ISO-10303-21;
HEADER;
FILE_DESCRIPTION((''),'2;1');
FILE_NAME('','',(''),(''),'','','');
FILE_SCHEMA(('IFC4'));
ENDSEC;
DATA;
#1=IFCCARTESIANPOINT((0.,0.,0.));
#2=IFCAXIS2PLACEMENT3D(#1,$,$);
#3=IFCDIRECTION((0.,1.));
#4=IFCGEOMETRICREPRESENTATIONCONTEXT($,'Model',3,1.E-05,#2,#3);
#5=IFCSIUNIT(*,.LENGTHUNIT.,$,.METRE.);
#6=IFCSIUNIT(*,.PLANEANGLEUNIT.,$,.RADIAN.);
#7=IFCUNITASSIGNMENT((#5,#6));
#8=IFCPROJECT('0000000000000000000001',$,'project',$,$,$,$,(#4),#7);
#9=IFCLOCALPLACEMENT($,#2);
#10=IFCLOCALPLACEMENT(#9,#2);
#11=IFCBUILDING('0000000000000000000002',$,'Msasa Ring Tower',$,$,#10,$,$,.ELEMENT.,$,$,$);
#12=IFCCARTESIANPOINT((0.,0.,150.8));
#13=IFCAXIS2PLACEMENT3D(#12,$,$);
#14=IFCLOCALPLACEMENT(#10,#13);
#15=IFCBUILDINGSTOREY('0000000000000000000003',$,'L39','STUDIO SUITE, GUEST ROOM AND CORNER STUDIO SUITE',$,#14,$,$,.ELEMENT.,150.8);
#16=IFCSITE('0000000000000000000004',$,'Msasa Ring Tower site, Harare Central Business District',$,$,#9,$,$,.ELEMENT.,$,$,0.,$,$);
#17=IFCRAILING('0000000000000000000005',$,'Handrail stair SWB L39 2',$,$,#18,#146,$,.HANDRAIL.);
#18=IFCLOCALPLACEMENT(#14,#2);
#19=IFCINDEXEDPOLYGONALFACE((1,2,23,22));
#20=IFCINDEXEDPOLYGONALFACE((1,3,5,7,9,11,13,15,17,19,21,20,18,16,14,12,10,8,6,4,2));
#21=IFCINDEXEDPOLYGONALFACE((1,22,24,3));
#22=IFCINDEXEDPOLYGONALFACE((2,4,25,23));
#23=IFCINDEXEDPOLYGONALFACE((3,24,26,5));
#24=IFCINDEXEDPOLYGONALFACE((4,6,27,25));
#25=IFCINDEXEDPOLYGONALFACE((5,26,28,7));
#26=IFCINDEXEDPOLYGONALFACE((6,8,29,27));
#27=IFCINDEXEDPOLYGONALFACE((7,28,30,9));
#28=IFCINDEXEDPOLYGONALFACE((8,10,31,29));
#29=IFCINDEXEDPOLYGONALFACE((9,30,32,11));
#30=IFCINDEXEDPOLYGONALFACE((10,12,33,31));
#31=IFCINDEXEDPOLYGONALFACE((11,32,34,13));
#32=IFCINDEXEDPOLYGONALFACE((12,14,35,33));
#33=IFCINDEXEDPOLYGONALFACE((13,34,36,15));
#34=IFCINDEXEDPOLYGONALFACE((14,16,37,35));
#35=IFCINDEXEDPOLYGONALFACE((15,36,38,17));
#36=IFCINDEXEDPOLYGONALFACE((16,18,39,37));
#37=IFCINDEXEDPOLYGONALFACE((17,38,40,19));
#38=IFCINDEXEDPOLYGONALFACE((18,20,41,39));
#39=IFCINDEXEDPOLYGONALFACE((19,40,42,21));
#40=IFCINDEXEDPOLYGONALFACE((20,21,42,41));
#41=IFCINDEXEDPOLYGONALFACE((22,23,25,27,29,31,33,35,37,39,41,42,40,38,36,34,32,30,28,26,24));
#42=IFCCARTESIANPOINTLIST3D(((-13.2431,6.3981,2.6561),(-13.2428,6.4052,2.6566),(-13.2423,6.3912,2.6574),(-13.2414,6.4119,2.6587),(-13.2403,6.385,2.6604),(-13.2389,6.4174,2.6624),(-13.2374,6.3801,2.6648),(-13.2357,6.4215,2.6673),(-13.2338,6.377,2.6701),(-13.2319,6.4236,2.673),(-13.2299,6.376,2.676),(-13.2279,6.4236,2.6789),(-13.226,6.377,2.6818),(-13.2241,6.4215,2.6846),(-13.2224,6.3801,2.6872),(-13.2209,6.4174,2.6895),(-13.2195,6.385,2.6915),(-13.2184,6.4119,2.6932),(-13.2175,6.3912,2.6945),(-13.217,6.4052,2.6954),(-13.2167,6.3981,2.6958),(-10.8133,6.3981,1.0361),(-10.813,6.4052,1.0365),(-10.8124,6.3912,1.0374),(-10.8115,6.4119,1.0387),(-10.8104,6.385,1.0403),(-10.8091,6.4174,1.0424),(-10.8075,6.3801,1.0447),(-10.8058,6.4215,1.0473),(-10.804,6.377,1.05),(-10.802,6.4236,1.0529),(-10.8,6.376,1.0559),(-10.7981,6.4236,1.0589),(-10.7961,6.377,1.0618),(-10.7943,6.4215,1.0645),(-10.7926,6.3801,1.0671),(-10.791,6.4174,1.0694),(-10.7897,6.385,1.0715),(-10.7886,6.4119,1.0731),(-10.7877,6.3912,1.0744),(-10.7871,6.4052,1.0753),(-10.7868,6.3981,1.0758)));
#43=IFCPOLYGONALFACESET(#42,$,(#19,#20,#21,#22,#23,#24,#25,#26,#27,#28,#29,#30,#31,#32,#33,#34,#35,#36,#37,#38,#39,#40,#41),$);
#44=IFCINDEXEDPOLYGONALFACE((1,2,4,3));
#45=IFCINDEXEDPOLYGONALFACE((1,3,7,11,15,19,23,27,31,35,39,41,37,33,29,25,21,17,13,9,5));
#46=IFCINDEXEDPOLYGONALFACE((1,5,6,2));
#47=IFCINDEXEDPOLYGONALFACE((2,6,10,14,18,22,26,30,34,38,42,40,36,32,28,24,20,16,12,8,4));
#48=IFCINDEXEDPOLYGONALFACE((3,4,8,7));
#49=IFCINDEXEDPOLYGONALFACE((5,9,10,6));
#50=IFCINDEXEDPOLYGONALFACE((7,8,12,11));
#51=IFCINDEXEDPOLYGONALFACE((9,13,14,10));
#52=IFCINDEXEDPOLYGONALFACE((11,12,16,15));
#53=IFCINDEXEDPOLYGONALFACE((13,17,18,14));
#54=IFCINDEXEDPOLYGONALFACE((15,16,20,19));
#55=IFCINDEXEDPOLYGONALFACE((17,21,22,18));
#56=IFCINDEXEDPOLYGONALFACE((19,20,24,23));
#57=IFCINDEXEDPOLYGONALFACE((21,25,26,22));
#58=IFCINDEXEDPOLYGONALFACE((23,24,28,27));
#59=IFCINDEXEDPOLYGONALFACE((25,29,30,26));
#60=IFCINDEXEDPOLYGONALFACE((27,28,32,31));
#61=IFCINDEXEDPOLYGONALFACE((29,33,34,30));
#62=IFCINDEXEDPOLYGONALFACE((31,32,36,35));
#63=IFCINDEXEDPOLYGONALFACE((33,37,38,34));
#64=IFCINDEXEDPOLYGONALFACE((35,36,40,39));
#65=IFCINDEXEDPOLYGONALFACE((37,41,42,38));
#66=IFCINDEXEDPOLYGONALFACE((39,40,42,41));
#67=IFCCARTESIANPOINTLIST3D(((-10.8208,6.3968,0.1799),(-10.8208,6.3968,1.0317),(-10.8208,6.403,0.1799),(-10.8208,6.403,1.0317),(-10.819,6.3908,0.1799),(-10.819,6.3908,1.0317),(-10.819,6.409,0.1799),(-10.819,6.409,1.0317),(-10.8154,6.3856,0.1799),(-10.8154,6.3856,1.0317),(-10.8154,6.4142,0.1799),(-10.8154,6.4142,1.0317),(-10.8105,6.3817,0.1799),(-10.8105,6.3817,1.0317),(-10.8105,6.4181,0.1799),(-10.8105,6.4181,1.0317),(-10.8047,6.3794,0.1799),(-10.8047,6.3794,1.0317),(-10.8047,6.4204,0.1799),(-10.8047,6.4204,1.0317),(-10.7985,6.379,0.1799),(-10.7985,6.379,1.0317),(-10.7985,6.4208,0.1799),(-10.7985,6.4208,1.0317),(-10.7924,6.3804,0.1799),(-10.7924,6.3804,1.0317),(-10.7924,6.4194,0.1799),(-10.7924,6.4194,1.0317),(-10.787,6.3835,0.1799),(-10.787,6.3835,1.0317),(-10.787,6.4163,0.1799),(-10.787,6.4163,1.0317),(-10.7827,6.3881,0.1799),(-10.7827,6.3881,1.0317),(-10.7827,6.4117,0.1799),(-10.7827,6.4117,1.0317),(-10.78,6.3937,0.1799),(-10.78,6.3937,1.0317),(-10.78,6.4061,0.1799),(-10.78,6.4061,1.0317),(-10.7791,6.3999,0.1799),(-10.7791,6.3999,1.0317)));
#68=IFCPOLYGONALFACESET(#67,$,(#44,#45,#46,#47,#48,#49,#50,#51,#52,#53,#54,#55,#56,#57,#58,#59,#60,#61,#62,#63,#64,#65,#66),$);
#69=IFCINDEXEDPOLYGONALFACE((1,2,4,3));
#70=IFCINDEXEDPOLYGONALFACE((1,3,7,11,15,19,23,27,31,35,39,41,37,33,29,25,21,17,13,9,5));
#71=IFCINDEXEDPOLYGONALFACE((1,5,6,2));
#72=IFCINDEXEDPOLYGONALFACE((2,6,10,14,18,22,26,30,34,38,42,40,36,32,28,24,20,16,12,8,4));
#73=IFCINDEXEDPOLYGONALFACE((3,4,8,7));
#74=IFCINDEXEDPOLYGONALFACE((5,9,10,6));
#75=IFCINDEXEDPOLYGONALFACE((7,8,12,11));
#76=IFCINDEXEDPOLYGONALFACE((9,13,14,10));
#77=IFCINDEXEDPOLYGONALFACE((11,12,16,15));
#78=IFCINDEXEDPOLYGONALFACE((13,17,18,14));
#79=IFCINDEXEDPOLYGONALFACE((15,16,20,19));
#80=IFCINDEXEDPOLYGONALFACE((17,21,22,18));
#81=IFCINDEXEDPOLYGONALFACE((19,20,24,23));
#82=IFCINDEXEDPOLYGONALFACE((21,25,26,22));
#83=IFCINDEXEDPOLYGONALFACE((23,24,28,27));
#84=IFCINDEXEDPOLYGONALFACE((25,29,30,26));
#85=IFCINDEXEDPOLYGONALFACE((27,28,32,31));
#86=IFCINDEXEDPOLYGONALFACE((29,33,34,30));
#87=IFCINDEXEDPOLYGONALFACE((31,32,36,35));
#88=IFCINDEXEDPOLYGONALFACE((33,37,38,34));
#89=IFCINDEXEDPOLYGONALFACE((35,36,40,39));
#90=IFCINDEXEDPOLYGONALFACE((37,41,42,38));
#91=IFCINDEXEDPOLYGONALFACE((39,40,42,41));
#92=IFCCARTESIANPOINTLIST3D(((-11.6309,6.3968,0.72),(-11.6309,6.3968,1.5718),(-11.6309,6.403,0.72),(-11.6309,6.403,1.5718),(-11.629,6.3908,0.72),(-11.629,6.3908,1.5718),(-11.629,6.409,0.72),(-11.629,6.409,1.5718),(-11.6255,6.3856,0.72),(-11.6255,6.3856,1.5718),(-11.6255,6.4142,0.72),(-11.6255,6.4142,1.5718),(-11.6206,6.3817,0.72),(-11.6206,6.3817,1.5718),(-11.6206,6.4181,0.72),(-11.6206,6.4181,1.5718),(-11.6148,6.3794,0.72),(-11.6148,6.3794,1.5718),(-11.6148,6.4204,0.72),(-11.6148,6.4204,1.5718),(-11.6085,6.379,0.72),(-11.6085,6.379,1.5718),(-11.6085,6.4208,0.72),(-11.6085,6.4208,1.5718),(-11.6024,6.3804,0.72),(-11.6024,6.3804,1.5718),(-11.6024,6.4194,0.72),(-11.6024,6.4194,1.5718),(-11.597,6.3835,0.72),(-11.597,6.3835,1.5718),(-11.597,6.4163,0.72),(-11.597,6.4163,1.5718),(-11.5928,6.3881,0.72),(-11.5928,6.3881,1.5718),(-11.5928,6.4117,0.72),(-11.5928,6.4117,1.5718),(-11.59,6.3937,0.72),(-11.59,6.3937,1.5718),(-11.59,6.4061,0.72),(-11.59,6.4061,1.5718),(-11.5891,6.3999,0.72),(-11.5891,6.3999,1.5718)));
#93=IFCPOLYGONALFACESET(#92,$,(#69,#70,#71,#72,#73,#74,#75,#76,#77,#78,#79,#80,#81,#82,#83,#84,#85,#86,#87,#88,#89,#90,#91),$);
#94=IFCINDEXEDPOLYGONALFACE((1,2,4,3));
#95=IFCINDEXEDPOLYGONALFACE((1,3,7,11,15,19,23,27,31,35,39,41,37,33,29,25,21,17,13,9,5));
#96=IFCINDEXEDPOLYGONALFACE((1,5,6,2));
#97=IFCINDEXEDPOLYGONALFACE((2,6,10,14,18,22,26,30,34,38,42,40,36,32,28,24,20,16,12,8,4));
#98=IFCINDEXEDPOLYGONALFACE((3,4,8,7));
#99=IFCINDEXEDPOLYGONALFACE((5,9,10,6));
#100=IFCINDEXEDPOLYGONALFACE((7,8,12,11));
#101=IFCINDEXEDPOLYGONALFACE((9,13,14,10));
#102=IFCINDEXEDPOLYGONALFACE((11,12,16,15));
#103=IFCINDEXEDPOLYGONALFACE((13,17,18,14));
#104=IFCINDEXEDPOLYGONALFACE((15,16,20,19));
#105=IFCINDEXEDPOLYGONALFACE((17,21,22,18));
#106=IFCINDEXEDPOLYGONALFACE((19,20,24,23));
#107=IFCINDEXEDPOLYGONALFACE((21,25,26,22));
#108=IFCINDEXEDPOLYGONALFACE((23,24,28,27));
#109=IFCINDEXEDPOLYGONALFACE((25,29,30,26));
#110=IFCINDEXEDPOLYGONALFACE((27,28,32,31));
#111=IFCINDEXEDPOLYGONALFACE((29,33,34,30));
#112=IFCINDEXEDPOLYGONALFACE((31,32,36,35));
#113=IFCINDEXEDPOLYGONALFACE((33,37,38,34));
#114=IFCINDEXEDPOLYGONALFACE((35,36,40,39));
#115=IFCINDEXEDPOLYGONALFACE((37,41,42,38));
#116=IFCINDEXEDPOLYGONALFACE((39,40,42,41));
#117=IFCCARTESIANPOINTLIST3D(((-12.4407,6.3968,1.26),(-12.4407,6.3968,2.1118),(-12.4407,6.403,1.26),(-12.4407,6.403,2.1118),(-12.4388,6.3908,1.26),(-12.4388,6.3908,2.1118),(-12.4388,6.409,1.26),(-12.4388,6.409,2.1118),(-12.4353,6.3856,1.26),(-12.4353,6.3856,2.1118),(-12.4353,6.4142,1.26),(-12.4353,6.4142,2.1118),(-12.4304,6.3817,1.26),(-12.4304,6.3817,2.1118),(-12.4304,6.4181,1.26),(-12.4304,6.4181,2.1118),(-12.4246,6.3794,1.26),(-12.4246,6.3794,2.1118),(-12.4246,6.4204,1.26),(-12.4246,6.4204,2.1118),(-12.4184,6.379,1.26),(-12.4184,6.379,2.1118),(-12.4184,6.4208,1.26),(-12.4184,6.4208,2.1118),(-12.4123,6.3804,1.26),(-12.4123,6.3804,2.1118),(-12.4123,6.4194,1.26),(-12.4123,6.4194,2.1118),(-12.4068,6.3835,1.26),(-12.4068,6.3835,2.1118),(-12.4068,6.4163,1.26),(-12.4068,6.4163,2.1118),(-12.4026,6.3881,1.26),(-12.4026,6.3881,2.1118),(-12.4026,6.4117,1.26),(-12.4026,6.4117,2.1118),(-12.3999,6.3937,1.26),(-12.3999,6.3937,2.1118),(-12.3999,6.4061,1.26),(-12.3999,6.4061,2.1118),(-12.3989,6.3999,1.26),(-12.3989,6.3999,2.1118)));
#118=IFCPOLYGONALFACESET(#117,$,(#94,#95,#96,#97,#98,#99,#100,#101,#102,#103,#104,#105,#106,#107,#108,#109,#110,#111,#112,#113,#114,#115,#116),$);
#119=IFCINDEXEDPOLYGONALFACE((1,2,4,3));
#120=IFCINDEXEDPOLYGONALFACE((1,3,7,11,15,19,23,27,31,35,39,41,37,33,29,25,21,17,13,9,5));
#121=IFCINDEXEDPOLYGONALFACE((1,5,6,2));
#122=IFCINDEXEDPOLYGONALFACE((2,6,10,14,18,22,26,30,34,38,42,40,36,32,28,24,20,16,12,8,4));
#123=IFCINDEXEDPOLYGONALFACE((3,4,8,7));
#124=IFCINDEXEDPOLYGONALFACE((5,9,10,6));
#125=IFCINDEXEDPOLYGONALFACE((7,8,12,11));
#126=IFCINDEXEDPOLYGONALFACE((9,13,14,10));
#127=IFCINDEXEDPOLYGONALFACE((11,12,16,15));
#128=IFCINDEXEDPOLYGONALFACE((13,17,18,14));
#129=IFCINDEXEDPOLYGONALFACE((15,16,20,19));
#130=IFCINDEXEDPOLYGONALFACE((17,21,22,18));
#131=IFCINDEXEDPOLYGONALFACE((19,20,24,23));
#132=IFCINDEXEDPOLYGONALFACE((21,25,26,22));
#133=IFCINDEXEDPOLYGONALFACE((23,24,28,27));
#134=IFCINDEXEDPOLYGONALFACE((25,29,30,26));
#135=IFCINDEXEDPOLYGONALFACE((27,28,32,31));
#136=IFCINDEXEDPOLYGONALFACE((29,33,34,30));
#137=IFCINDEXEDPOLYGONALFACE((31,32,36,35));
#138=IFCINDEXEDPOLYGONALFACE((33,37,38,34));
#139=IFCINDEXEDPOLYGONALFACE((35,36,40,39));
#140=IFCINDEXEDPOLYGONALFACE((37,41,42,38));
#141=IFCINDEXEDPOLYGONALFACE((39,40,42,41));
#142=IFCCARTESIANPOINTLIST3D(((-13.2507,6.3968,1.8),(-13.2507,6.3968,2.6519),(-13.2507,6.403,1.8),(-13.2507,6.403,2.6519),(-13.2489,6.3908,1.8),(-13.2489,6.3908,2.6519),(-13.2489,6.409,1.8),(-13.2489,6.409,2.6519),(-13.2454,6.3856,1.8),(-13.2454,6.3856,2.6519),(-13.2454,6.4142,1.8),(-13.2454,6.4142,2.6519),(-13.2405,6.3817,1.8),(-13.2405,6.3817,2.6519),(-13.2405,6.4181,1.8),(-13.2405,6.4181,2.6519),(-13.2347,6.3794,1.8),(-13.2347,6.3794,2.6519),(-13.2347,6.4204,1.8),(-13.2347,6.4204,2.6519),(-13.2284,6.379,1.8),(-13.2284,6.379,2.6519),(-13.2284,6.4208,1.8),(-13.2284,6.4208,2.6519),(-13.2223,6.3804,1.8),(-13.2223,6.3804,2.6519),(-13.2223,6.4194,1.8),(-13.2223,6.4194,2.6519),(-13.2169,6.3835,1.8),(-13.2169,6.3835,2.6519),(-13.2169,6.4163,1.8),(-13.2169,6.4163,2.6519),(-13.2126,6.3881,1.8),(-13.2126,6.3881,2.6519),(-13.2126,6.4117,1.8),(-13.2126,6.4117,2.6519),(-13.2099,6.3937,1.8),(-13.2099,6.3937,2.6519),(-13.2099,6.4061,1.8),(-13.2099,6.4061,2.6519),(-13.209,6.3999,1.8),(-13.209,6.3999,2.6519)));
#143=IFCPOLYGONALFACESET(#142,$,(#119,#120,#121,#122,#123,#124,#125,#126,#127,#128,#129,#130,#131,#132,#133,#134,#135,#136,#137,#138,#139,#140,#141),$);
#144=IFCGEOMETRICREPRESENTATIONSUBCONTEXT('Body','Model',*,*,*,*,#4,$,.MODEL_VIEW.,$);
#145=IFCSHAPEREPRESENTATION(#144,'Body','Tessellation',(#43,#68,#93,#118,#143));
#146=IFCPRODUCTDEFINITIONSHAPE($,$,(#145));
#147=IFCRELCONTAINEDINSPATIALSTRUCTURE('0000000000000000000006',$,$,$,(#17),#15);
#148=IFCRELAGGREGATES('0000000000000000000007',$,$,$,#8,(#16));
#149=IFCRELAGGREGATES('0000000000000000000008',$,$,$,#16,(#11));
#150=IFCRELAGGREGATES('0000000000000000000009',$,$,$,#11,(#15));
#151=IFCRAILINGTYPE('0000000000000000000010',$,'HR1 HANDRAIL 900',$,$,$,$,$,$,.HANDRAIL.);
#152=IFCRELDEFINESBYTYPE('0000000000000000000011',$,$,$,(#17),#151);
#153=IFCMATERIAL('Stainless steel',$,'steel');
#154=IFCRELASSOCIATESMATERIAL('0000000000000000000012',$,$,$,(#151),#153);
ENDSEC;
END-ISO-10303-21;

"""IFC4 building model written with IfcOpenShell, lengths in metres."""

from ifc_helpers import new_model, si_unit, direction, frame, origin, origin_2d, place, context, subcontext, project, spatial, circle, extrude, material, type_object, element, save


model = new_model("IFC4")

# Units and contexts
model_context = context("Model", 3, precision=1e-05, world=origin(), true_north=direction((0.0, 1.0)))
body_context = subcontext(model_context, "Body", "Model", "MODEL_VIEW")
ifc_project = project(units=[si_unit("LENGTHUNIT", "METRE"), si_unit("PLANEANGLEUNIT", "RADIAN")], contexts=[model_context])

# Site, building, storey
site_placement = place(None, origin())
site = spatial("IfcSite", under=ifc_project, at=site_placement, Name="Msasa Ring Tower site, Harare Central Business District", CompositionType="ELEMENT", RefElevation=0.0)
building_placement = place(site_placement, origin())
building = spatial("IfcBuilding", under=site, at=building_placement, Name="Msasa Ring Tower", CompositionType="ELEMENT")
storey_placement = place(building_placement, frame((0.0, 0.0, 150.8)))
storey = spatial("IfcBuildingStorey", under=building, at=storey_placement, Name="L39", Description="STUDIO SUITE, GUEST ROOM AND CORNER STUDIO SUITE", CompositionType="ELEMENT", Elevation=150.8)

# Railing
ifc_material_1 = material(Name="Stainless steel", Category="steel")
railing_type = type_object("IfcRailingType", Name="HR1 HANDRAIL 900", PredefinedType="HANDRAIL", material=ifc_material_1)
for number, where, name in (
    (1, (-10.8, 6.3999, 0.1799), "Handrail stair SWB L39 2"),
):
    element("IfcRailing", number, at=place(storey_placement, frame(where)), inside=storey, type_object=railing_type, Name=name, PredefinedType="HANDRAIL", context=body_context, shape_type="SweptSolid", body=[
        extrude(circle(Radius=0.0239, at=origin_2d()), frame((0.0, 0.0, 0.876), z_axis=(-0.832025, 0.0, 0.554739), x_axis=(0.0, -1.0, 0.0)), (0.0, 0.0, 1.0), 2.9204),
        extrude(circle(Radius=0.021, at=origin_2d()), origin(), (0.0, 0.0, 1.0), 0.8518),
        extrude(circle(Radius=0.021, at=origin_2d()), frame((-0.8101, 0.0, 0.54)), (0.0, 0.0, 1.0), 0.8518),
        extrude(circle(Radius=0.021, at=origin_2d()), frame((-1.6199, 0.0, 1.0801)), (0.0, 0.0, 1.0), 0.8518),
        extrude(circle(Radius=0.021, at=origin_2d()), frame((-2.4299, 0.0, 1.6201)), (0.0, 0.0, 1.0), 0.8518),
    ])

save(model, "model.ifc")
